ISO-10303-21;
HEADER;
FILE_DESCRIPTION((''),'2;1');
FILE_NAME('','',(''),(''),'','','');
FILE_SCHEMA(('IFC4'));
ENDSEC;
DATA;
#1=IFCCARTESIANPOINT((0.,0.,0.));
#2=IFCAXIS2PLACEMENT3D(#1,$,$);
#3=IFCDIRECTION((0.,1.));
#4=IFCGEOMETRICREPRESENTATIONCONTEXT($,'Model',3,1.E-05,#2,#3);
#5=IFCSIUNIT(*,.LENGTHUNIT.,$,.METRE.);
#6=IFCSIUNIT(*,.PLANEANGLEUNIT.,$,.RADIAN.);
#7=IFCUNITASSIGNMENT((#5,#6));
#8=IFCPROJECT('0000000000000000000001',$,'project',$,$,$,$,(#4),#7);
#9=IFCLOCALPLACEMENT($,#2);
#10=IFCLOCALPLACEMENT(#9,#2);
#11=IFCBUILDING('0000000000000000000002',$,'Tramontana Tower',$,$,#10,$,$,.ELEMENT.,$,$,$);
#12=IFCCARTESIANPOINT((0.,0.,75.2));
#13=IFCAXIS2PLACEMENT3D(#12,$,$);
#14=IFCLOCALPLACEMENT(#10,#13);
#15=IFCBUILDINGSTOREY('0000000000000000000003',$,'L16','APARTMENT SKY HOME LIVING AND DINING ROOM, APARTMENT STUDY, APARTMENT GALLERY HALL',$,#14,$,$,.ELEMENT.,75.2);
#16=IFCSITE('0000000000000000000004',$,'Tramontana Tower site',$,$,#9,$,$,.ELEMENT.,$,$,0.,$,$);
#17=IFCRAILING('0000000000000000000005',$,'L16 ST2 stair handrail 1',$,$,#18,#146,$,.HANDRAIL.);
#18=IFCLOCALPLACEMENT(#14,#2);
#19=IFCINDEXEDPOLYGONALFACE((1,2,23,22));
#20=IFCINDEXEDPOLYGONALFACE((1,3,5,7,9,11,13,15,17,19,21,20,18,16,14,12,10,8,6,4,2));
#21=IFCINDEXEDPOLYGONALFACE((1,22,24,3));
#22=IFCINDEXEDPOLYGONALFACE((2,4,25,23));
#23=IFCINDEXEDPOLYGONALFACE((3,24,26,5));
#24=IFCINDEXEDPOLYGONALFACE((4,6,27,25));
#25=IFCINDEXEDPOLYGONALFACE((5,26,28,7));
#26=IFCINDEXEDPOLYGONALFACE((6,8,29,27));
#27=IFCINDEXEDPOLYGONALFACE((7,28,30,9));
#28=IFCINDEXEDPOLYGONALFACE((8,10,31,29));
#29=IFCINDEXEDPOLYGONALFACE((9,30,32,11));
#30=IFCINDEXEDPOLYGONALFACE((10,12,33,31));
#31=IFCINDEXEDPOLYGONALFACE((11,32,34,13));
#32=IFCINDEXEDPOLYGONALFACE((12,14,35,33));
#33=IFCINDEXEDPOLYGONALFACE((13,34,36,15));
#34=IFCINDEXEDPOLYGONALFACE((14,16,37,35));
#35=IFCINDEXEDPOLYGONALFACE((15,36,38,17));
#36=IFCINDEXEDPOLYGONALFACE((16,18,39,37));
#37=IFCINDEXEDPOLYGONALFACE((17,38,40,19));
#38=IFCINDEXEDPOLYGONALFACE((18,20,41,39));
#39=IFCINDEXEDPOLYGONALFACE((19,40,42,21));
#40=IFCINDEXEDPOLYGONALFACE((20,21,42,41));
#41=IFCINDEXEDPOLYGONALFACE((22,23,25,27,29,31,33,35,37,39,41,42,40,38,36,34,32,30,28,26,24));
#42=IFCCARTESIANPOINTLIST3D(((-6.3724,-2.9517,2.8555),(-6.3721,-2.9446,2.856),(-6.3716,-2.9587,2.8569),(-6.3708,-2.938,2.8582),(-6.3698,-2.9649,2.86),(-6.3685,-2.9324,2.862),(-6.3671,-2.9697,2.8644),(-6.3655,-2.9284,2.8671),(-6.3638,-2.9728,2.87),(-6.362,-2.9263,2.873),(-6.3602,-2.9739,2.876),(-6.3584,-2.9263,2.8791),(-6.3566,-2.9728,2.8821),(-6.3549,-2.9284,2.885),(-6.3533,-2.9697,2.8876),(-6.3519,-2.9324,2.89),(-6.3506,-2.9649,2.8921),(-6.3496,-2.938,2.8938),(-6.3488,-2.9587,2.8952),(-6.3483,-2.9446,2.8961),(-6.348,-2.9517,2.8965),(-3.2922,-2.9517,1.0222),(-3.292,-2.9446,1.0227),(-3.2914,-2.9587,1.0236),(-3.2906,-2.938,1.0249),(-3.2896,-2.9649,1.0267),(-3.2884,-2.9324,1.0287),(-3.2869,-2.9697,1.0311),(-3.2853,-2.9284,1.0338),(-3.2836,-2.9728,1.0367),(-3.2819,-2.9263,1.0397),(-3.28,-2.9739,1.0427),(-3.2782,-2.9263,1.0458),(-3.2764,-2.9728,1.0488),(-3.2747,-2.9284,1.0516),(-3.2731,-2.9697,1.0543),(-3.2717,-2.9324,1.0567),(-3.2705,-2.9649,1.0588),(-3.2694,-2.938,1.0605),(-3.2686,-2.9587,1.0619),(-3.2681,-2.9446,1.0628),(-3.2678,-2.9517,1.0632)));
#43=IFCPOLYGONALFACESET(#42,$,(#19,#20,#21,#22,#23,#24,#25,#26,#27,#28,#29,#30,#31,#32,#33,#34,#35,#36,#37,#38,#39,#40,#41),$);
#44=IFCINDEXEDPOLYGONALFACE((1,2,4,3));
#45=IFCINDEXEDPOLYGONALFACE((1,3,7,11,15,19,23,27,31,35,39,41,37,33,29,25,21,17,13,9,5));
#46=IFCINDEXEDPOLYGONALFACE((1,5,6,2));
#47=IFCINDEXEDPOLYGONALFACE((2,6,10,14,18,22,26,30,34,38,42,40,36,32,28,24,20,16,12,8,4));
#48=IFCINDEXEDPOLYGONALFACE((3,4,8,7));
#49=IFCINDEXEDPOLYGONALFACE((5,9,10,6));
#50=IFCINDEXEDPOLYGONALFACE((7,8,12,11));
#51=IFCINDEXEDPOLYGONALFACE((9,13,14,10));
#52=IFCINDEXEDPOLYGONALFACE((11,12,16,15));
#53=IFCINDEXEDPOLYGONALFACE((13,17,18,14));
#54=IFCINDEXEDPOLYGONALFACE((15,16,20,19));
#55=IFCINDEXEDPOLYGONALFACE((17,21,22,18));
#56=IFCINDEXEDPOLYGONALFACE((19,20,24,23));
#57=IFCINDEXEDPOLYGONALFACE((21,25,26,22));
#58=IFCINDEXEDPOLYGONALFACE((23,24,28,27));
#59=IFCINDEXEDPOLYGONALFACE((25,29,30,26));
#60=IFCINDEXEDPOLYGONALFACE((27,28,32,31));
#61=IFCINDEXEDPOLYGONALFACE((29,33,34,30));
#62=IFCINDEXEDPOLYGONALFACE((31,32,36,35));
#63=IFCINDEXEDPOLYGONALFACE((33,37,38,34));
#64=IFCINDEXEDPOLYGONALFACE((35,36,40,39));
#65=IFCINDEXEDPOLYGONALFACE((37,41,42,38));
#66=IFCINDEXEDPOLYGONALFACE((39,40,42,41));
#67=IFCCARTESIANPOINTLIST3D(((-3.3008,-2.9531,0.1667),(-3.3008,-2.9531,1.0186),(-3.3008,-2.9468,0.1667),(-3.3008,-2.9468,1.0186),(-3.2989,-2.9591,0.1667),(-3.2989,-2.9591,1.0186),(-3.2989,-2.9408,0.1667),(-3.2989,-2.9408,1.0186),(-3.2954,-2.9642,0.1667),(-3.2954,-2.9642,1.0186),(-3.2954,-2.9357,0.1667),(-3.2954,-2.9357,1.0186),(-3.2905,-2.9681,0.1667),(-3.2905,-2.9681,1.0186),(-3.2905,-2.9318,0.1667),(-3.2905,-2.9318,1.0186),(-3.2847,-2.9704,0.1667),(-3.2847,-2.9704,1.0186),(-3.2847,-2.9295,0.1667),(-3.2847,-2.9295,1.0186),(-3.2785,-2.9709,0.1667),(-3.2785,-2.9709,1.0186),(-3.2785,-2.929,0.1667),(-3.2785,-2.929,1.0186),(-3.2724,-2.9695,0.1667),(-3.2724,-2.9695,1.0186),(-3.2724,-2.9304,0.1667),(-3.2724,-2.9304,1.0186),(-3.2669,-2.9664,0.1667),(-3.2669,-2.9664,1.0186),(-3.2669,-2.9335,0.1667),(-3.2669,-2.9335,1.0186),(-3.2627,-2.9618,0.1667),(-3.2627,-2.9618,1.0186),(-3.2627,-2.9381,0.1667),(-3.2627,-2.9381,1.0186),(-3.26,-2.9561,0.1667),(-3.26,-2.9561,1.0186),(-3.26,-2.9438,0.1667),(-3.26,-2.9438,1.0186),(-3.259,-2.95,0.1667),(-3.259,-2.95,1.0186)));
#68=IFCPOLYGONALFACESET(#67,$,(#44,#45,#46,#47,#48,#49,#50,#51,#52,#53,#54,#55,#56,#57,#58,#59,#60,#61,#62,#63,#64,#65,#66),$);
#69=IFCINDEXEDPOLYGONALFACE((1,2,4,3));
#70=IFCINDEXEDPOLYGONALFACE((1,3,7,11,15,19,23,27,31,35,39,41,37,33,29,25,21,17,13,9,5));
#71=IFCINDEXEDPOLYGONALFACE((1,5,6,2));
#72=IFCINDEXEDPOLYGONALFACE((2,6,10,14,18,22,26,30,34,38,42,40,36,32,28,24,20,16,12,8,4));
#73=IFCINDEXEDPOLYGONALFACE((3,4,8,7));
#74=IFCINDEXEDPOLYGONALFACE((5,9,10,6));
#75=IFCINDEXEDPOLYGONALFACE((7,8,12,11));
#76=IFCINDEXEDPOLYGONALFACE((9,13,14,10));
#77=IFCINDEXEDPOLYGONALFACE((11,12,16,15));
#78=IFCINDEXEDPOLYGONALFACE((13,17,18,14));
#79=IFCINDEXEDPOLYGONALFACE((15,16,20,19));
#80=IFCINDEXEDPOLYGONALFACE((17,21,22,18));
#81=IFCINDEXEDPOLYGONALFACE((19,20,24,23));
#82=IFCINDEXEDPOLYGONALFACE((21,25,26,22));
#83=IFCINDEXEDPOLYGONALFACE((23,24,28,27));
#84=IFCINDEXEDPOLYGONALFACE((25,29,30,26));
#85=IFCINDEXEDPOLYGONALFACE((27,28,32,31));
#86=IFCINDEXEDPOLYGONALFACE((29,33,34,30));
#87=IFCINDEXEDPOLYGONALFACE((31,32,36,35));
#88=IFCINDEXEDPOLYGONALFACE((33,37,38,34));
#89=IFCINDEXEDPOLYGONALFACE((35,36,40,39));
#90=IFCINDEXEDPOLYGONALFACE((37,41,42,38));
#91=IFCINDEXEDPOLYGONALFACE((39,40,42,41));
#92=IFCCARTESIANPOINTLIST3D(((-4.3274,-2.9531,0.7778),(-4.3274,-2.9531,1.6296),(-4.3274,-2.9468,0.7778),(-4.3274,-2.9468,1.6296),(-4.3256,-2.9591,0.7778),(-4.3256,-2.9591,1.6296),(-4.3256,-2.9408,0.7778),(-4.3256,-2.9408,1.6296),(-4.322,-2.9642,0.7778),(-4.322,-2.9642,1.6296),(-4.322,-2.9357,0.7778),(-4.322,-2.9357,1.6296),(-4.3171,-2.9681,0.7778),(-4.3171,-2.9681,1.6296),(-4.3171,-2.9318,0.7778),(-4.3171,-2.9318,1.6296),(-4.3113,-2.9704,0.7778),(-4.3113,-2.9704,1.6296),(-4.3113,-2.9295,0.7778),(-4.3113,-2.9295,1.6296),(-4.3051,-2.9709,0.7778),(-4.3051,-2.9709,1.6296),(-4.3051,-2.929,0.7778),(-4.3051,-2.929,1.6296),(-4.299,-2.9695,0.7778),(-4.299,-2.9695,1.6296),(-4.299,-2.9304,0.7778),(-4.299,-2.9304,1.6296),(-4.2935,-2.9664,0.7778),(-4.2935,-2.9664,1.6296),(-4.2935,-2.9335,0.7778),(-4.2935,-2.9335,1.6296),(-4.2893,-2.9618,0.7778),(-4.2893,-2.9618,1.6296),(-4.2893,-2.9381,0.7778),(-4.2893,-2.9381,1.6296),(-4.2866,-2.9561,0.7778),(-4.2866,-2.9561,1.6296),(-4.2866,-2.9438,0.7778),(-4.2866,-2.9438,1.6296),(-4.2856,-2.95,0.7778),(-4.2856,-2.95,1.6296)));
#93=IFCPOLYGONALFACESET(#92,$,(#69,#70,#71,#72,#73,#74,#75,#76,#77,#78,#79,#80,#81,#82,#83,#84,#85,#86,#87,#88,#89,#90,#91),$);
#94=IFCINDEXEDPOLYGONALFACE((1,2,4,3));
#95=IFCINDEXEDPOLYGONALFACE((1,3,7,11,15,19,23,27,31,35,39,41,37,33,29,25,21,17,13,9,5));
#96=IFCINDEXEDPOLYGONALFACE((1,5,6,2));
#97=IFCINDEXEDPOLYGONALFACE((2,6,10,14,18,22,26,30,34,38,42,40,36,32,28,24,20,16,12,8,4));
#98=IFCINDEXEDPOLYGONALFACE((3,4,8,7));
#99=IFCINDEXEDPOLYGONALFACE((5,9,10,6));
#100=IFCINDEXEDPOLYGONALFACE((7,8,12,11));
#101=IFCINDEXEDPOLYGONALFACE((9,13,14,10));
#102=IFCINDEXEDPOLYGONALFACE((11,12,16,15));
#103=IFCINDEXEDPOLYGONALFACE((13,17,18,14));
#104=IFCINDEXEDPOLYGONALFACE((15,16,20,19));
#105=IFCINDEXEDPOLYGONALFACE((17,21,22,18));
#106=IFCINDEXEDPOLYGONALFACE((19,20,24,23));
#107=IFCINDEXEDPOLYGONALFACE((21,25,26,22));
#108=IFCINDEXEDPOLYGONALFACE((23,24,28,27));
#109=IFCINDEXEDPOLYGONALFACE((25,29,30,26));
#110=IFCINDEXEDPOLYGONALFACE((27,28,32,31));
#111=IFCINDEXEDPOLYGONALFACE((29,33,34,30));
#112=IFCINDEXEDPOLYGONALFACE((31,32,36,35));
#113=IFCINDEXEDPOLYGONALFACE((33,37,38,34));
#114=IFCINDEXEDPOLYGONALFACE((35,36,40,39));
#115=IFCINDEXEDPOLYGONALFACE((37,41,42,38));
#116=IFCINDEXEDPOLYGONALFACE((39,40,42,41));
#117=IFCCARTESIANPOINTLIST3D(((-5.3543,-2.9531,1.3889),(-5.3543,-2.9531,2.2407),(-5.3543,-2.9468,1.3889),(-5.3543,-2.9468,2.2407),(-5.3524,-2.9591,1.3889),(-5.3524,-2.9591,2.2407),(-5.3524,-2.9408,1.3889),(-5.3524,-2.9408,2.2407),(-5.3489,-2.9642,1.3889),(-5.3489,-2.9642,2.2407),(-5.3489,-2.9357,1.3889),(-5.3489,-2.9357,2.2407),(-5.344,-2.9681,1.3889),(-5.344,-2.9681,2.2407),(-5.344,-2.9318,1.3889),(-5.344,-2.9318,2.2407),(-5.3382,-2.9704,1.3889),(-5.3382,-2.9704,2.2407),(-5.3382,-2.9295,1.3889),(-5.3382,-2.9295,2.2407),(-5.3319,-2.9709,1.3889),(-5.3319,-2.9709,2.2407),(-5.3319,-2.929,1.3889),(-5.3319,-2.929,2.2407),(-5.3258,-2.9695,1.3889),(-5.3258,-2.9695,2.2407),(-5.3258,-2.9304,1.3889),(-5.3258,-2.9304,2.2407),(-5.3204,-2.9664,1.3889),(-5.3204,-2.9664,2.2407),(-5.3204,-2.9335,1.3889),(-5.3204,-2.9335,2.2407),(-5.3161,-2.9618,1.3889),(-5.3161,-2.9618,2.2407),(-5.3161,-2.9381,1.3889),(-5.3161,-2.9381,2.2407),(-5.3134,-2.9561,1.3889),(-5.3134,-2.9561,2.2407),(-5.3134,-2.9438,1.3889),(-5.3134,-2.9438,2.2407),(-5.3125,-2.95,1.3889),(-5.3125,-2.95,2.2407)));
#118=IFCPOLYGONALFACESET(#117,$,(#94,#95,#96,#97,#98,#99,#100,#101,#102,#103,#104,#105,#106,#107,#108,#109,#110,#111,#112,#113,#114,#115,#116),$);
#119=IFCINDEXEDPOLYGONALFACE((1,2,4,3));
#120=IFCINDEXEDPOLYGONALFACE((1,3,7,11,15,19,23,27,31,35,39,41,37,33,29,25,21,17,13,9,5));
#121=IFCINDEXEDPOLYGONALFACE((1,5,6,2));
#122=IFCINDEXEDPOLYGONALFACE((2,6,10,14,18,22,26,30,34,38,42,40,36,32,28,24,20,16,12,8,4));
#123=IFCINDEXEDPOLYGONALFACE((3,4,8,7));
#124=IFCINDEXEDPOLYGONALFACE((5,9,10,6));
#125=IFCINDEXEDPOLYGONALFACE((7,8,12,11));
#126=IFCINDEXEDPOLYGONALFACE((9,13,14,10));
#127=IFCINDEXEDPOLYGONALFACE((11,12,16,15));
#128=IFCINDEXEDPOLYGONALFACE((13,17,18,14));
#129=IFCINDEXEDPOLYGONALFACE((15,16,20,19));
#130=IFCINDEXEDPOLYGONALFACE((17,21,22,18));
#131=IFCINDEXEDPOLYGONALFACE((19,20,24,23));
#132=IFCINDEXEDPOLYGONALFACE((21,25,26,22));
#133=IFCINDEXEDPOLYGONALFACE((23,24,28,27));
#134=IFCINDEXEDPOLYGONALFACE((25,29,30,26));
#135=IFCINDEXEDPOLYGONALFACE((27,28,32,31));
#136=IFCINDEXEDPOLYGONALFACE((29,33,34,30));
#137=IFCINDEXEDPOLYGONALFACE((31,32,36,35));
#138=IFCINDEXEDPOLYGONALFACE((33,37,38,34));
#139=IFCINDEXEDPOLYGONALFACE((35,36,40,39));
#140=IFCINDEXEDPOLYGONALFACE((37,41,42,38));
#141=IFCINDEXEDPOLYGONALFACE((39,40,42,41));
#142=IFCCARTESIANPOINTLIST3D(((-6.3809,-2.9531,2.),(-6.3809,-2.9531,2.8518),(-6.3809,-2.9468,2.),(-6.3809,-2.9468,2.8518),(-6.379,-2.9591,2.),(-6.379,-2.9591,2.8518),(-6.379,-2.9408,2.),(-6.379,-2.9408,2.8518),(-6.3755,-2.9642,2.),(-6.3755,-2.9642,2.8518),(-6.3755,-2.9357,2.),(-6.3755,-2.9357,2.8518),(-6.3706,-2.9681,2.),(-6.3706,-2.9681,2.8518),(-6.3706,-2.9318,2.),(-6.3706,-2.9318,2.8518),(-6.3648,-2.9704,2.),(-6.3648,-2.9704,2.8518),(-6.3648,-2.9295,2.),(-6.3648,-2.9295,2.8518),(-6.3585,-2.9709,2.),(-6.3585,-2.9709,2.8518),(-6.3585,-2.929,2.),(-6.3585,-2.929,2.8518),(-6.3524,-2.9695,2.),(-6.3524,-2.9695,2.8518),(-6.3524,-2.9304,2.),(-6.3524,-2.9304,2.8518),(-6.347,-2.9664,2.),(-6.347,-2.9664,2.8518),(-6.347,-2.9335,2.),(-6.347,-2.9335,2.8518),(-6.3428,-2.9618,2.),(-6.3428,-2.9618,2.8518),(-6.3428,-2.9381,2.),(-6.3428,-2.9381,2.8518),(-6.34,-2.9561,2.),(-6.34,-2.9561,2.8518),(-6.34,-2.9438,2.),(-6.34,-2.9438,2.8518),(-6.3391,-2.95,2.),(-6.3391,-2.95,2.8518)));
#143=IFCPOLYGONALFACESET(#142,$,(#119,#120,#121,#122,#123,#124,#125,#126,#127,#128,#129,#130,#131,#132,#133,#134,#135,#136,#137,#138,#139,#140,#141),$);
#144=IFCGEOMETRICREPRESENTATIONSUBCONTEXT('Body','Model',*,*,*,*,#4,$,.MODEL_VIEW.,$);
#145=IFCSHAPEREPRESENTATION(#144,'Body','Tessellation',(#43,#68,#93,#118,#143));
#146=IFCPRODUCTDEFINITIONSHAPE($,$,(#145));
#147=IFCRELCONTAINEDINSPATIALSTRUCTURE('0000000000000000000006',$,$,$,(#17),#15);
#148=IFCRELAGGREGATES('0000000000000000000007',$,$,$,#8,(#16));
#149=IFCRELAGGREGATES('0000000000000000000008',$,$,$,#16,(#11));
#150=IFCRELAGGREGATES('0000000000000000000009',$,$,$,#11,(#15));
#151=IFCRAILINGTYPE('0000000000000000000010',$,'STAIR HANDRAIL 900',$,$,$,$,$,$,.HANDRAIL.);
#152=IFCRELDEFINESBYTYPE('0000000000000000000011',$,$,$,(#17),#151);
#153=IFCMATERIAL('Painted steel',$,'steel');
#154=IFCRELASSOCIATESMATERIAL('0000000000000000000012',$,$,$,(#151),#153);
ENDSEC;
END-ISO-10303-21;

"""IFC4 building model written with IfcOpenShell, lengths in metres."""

from ifc_helpers import new_model, si_unit, direction, frame, origin, origin_2d, place, context, subcontext, project, spatial, circle, extrude, material, type_object, element, save


model = new_model("IFC4")

# Units and contexts
model_context = context("Model", 3, precision=1e-05, world=origin(), true_north=direction((0.0, 1.0)))
body_context = subcontext(model_context, "Body", "Model", "MODEL_VIEW")
ifc_project = project(units=[si_unit("LENGTHUNIT", "METRE"), si_unit("PLANEANGLEUNIT", "RADIAN")], contexts=[model_context])

# Site, building, storey
site_placement = place(None, origin())
site = spatial("IfcSite", under=ifc_project, at=site_placement, Name="Tramontana Tower site", CompositionType="ELEMENT", RefElevation=0.0)
building_placement = place(site_placement, origin())
building = spatial("IfcBuilding", under=site, at=building_placement, Name="Tramontana Tower", CompositionType="ELEMENT")
storey_placement = place(building_placement, frame((0.0, 0.0, 75.2)))
storey = spatial("IfcBuildingStorey", under=building, at=storey_placement, Name="L16", Description="APARTMENT SKY HOME LIVING AND DINING ROOM, APARTMENT STUDY, APARTMENT GALLERY HALL", CompositionType="ELEMENT", Elevation=75.2)

# Railing
ifc_material_1 = material(Name="Painted steel", Category="steel")
railing_type_1 = type_object("IfcRailingType", Name="STAIR HANDRAIL 900", PredefinedType="HANDRAIL", material=ifc_material_1)
railing_1_placement = place(storey_placement, frame((-3.28, -2.95, 0.1667)))
element("IfcRailing", 1, at=railing_1_placement, inside=storey, type_object=railing_type_1, Name="L16 ST2 stair handrail 1", PredefinedType="HANDRAIL", context=body_context, shape_type="SweptSolid", body=[
    extrude(circle(Radius=0.0239, at=origin_2d()), frame((0.0, 0.0, 0.876), z_axis=(-0.859309, 0.0, 0.511458), x_axis=(0.0, -1.0, 0.0)), (0.0, 0.0, 1.0), 3.5845),
    extrude(circle(Radius=0.021, at=origin_2d()), origin(), (0.0, 0.0, 1.0), 0.8518),
    extrude(circle(Radius=0.021, at=origin_2d()), frame((-1.0266, 0.0, 0.6111)), (0.0, 0.0, 1.0), 0.8518),
    extrude(circle(Radius=0.021, at=origin_2d()), frame((-2.0535, 0.0, 1.2222)), (0.0, 0.0, 1.0), 0.8518),
    extrude(circle(Radius=0.021, at=origin_2d()), frame((-3.0801, 0.0, 1.8333)), (0.0, 0.0, 1.0), 0.8518),
])

save(model, "model.ifc")
